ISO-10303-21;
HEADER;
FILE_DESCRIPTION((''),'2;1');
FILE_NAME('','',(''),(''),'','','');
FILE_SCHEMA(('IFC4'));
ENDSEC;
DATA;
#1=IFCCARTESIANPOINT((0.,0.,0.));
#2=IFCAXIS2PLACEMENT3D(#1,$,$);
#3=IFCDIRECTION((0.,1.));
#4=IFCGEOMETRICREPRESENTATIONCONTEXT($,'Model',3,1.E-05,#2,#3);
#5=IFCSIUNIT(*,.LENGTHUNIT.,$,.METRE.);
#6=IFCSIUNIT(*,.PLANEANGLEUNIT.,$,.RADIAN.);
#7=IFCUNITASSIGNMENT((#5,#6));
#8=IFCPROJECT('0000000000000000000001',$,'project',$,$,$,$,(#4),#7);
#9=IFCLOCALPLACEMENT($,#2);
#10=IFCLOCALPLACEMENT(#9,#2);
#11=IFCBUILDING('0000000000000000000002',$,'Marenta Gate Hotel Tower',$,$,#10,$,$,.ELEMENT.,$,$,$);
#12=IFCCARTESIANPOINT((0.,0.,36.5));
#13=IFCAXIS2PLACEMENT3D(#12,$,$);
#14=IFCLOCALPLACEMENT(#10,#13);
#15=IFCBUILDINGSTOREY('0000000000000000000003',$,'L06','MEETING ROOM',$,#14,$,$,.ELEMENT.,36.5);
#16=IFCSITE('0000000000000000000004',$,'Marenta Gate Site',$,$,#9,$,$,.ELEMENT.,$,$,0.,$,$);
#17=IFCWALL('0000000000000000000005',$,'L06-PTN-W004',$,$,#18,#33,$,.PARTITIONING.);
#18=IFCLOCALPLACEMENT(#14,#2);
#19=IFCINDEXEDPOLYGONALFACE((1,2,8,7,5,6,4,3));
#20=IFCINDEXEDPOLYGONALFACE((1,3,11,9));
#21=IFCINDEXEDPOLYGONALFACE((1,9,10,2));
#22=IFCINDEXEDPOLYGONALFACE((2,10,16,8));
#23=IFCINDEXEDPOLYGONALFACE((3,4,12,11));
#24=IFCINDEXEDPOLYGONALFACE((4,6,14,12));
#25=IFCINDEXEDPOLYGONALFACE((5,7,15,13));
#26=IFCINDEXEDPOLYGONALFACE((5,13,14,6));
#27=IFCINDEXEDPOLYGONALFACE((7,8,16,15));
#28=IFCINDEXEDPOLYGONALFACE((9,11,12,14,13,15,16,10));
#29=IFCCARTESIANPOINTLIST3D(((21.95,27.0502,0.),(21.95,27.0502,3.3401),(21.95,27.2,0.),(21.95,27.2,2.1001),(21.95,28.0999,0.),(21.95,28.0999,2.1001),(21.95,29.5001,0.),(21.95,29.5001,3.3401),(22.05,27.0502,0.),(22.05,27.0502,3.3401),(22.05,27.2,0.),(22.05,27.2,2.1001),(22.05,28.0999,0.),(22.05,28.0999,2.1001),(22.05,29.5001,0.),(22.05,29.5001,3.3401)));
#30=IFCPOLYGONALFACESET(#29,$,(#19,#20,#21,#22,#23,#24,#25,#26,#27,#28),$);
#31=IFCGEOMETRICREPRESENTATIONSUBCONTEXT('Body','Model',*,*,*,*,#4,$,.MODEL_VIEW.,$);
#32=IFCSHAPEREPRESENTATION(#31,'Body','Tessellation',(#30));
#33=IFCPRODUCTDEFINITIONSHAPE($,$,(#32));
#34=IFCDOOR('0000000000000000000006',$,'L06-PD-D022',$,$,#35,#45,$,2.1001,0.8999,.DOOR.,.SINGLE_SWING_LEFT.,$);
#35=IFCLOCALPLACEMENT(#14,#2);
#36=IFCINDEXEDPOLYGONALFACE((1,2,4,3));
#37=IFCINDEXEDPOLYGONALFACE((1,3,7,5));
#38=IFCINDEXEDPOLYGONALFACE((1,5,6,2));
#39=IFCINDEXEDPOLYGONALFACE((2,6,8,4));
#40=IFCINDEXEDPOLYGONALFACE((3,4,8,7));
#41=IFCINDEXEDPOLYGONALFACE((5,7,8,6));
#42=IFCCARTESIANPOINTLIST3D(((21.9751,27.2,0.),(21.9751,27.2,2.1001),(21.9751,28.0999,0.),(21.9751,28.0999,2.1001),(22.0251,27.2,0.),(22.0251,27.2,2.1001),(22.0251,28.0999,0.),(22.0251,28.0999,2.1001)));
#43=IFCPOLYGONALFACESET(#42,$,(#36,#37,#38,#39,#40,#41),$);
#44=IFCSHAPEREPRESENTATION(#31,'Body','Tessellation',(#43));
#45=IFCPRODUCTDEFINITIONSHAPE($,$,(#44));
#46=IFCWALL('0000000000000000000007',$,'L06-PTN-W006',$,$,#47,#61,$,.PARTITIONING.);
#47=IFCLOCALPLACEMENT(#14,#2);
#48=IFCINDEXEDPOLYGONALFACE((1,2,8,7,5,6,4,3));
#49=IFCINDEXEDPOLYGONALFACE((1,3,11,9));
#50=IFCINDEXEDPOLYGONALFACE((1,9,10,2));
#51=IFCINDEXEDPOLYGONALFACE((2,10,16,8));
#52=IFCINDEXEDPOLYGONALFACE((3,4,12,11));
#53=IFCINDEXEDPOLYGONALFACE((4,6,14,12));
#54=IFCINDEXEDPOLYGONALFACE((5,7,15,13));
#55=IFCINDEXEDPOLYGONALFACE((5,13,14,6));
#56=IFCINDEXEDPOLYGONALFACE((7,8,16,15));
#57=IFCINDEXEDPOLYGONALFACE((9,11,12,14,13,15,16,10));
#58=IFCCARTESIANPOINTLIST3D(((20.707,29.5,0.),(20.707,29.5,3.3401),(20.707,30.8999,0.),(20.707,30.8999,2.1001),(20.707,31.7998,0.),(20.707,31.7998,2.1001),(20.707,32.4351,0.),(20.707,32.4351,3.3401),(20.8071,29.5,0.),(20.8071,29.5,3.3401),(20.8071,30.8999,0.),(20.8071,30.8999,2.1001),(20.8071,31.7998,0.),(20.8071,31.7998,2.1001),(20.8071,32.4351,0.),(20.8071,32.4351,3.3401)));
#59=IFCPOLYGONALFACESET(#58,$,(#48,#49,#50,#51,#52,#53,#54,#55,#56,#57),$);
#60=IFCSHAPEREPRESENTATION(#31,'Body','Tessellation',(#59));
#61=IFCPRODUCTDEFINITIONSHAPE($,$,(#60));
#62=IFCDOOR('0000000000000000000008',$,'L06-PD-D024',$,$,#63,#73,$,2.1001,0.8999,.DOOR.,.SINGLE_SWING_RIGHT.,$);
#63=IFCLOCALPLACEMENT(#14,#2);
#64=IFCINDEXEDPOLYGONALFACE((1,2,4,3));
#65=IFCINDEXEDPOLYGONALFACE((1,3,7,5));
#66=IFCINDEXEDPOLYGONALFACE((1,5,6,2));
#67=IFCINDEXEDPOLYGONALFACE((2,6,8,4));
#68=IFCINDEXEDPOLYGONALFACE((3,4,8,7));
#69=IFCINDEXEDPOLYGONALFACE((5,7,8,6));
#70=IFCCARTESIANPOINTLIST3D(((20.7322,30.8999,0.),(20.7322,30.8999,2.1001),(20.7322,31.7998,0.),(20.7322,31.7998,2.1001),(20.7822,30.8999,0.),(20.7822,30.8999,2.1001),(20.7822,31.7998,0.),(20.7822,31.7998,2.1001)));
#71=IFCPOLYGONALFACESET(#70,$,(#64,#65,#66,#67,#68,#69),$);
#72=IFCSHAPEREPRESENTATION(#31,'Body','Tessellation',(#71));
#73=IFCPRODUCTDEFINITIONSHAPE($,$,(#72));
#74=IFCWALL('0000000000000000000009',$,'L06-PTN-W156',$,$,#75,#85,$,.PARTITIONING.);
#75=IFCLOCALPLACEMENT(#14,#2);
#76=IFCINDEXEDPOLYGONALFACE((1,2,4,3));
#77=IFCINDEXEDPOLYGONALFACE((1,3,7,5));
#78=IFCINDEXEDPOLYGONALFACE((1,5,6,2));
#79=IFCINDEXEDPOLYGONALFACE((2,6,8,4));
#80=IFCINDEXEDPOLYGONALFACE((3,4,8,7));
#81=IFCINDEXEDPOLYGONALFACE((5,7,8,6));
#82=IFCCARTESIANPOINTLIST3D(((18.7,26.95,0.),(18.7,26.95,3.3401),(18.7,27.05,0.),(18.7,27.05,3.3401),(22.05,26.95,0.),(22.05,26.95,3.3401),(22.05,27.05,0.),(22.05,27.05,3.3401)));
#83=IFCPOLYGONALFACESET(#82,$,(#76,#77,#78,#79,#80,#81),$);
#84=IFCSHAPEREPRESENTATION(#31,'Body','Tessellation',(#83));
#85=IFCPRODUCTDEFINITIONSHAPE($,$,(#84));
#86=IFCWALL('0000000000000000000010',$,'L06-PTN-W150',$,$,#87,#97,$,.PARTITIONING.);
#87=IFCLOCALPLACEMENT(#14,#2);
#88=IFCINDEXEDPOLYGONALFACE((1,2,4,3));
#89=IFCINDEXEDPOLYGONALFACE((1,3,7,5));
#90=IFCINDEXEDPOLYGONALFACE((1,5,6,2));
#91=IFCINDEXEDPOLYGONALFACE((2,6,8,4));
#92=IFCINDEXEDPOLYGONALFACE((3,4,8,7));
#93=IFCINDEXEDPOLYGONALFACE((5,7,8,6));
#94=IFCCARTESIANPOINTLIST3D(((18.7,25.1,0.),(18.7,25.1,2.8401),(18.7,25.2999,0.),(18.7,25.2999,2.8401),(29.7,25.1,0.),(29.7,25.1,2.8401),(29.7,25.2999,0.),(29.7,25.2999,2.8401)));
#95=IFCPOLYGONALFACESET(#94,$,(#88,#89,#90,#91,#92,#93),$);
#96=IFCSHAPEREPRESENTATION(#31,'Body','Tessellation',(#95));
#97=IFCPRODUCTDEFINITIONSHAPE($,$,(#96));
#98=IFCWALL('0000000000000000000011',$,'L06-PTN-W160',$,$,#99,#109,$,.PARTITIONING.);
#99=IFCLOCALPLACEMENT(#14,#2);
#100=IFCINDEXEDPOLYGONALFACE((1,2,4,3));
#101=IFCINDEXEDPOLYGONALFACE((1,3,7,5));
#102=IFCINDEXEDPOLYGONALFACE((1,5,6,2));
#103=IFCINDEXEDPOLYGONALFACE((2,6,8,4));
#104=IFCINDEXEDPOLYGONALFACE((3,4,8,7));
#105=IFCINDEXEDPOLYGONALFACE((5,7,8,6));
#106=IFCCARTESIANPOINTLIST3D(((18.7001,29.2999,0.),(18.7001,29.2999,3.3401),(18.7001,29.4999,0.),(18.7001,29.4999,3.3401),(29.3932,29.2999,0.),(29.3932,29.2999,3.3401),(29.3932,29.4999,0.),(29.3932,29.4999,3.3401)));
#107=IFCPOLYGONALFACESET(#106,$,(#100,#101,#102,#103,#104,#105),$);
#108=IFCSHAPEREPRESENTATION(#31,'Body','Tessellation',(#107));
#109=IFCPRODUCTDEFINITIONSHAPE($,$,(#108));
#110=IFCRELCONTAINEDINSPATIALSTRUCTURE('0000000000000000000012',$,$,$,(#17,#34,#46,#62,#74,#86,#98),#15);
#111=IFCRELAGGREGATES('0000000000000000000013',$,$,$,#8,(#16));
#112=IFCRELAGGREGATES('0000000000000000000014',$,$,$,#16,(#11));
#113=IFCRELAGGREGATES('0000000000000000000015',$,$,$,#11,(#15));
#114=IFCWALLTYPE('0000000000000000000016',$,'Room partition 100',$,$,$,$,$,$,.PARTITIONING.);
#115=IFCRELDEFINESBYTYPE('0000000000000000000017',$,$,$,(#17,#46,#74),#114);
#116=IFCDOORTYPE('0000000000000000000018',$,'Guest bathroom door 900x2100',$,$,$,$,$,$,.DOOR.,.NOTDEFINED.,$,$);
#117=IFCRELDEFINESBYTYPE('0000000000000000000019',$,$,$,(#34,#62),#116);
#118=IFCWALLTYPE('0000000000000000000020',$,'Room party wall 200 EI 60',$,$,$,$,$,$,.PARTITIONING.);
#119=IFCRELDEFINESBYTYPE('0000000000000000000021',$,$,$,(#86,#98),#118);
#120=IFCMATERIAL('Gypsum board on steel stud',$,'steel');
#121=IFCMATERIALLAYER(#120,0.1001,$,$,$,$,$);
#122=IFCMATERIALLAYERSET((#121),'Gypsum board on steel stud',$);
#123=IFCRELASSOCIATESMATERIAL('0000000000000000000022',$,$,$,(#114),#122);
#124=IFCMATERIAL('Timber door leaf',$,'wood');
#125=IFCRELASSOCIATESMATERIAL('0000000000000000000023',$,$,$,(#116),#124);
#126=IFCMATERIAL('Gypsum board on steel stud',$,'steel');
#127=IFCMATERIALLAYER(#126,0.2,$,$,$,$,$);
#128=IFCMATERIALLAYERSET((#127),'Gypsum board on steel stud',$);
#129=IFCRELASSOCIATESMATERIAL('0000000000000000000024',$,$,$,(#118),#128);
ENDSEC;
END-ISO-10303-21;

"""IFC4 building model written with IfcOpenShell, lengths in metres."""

from ifc_helpers import new_model, si_unit, direction, frame, frame_2d, origin, place, context, subcontext, project, spatial, rectangle, extrude, material, layer, layer_set, type_object, element, fill, save


model = new_model("IFC4")

# Units and contexts
model_context = context("Model", 3, precision=1e-05, world=origin(), true_north=direction((0.0, 1.0)))
body_context = subcontext(model_context, "Body", "Model", "MODEL_VIEW")
ifc_project = project(units=[si_unit("LENGTHUNIT", "METRE"), si_unit("PLANEANGLEUNIT", "RADIAN")], contexts=[model_context])

# Site, building, storey
site_placement = place(None, origin())
site = spatial("IfcSite", under=ifc_project, at=site_placement, Name="Marenta Gate Site", CompositionType="ELEMENT", RefElevation=0.0)
building_placement = place(site_placement, origin())
building = spatial("IfcBuilding", under=site, at=building_placement, Name="Marenta Gate Hotel Tower", CompositionType="ELEMENT")
storey_placement = place(building_placement, frame((0.0, 0.0, 36.5)))
storey = spatial("IfcBuildingStorey", under=building, at=storey_placement, Name="L06", Description="MEETING ROOM", CompositionType="ELEMENT", Elevation=36.5)

# Walls, openings, doors
ifc_material_1 = material(Name="Gypsum board on steel stud", Category="steel")
ifc_layer_1 = layer(ifc_material_1, 0.1001)
ifc_layer_set_1 = layer_set([ifc_layer_1], Name="Gypsum board on steel stud")
wall_type_1 = type_object("IfcWallType", Name="Room partition 100", PredefinedType="PARTITIONING", material=ifc_layer_set_1)
wall_1_placement = place(storey_placement, frame((22.0, 27.05, 0.0), z_axis=(0.0, 0.0, 1.0), x_axis=(0.0, 1.0, 0.0)))
wall_1 = element("IfcWall", 1, at=wall_1_placement, inside=storey, type_object=wall_type_1, Name="L06-PTN-W004", PredefinedType="PARTITIONING", context=body_context, shape_type="SweptSolid", body=[
    extrude(rectangle(XDim=2.45, YDim=0.1001, at=frame_2d((1.2251, 0.0))), origin(), (0.0, 0.0, 1.0), 3.3401),
])
opening_1_placement = place(wall_1_placement, frame((0.1499, 0.0, 0.0)))
opening_1 = element("IfcOpeningElement", 2, at=opening_1_placement, cuts=wall_1, PredefinedType="OPENING", context=body_context, shape_type="SweptSolid", body=[
    extrude(rectangle(XDim=0.8999, YDim=2.1001, at=frame_2d((0.45, 1.05))), frame((0.0, 0.05, 0.0), z_axis=(0.0, -1.0, 0.0), x_axis=(1.0, 0.0, 0.0)), (0.0, 0.0, 1.0), 0.1001),
])
ifc_material_2 = material(Name="Timber door leaf", Category="wood")
door_type = type_object("IfcDoorType", Name="Guest bathroom door 900x2100", OperationType="NOTDEFINED", PredefinedType="DOOR", material=ifc_material_2)
door_1_placement = place(opening_1_placement, origin())
door_1 = element("IfcDoor", 3, at=door_1_placement, inside=storey, type_object=door_type, Name="L06-PD-D022", OperationType="SINGLE_SWING_LEFT", OverallHeight=2.1001, OverallWidth=0.8999, PredefinedType="DOOR", context=body_context, shape_type="SweptSolid", body=[
    extrude(rectangle(XDim=0.8999, YDim=2.1001, at=frame_2d((0.45, 1.05))), frame((0.0, 0.0249, 0.0), z_axis=(0.0, -1.0, 0.0), x_axis=(1.0, 0.0, 0.0)), (0.0, 0.0, 1.0), 0.05),
])
fill(opening_1, door_1)
wall_2_placement = place(storey_placement, frame((20.7571, 29.5, 0.0), z_axis=(0.0, 0.0, 1.0), x_axis=(0.0, 1.0, 0.0)))
wall_2 = element("IfcWall", 4, at=wall_2_placement, inside=storey, type_object=wall_type_1, Name="L06-PTN-W006", PredefinedType="PARTITIONING", context=body_context, shape_type="SweptSolid", body=[
    extrude(rectangle(XDim=2.9351, YDim=0.1001, at=frame_2d((1.4675, 0.0))), origin(), (0.0, 0.0, 1.0), 3.3401),
])
opening_2_placement = place(wall_2_placement, frame((1.3999, 0.0, 0.0)))
opening_2 = element("IfcOpeningElement", 5, at=opening_2_placement, cuts=wall_2, PredefinedType="OPENING", context=body_context, shape_type="SweptSolid", body=[
    extrude(rectangle(XDim=0.8999, YDim=2.1001, at=frame_2d((0.45, 1.05))), frame((0.0, 0.05, 0.0), z_axis=(0.0, -1.0, 0.0), x_axis=(1.0, 0.0, 0.0)), (0.0, 0.0, 1.0), 0.1001),
])
door_2_placement = place(opening_2_placement, origin())
door_2 = element("IfcDoor", 6, at=door_2_placement, inside=storey, type_object=door_type, Name="L06-PD-D024", OperationType="SINGLE_SWING_RIGHT", OverallHeight=2.1001, OverallWidth=0.8999, PredefinedType="DOOR", context=body_context, shape_type="SweptSolid", body=[
    extrude(rectangle(XDim=0.8999, YDim=2.1001, at=frame_2d((0.45, 1.05))), frame((0.0, 0.0249, 0.0), z_axis=(0.0, -1.0, 0.0), x_axis=(1.0, 0.0, 0.0)), (0.0, 0.0, 1.0), 0.05),
])
fill(opening_2, door_2)

# Walls
wall_3_placement = place(storey_placement, frame((18.7, 27.0, 0.0), z_axis=(0.0, 0.0, 1.0), x_axis=(1.0, 0.0, 0.0)))
element("IfcWall", 7, at=wall_3_placement, inside=storey, type_object=wall_type_1, Name="L06-PTN-W156", PredefinedType="PARTITIONING", context=body_context, shape_type="SweptSolid", body=[
    extrude(rectangle(XDim=3.3501, YDim=0.1001, at=frame_2d((1.675, 0.0))), origin(), (0.0, 0.0, 1.0), 3.3401),
])
ifc_material_3 = material(Name="Gypsum board on steel stud", Category="steel")
ifc_layer_2 = layer(ifc_material_3, 0.2)
ifc_layer_set_2 = layer_set([ifc_layer_2], Name="Gypsum board on steel stud")
wall_type_2 = type_object("IfcWallType", Name="Room party wall 200 EI 60", PredefinedType="PARTITIONING", material=ifc_layer_set_2)
wall_4_placement = place(storey_placement, frame((18.7, 25.2, 0.0), z_axis=(0.0, 0.0, 1.0), x_axis=(1.0, 0.0, 0.0)))
element("IfcWall", 8, at=wall_4_placement, inside=storey, type_object=wall_type_2, Name="L06-PTN-W150", PredefinedType="PARTITIONING", context=body_context, shape_type="SweptSolid", body=[
    extrude(rectangle(XDim=11.0, YDim=0.2, at=frame_2d((5.5, 0.0))), origin(), (0.0, 0.0, 1.0), 2.8401),
])
wall_5_placement = place(storey_placement, frame((18.7, 29.3999, 0.0), z_axis=(0.0, 0.0, 1.0), x_axis=(1.0, 0.0, 0.0)))
element("IfcWall", 9, at=wall_5_placement, inside=storey, type_object=wall_type_2, Name="L06-PTN-W160", PredefinedType="PARTITIONING", context=body_context, shape_type="SweptSolid", body=[
    extrude(rectangle(XDim=10.6931, YDim=0.2, at=frame_2d((5.3467, 0.0))), origin(), (0.0, 0.0, 1.0), 3.3401),
])

save(model, "model.ifc")
